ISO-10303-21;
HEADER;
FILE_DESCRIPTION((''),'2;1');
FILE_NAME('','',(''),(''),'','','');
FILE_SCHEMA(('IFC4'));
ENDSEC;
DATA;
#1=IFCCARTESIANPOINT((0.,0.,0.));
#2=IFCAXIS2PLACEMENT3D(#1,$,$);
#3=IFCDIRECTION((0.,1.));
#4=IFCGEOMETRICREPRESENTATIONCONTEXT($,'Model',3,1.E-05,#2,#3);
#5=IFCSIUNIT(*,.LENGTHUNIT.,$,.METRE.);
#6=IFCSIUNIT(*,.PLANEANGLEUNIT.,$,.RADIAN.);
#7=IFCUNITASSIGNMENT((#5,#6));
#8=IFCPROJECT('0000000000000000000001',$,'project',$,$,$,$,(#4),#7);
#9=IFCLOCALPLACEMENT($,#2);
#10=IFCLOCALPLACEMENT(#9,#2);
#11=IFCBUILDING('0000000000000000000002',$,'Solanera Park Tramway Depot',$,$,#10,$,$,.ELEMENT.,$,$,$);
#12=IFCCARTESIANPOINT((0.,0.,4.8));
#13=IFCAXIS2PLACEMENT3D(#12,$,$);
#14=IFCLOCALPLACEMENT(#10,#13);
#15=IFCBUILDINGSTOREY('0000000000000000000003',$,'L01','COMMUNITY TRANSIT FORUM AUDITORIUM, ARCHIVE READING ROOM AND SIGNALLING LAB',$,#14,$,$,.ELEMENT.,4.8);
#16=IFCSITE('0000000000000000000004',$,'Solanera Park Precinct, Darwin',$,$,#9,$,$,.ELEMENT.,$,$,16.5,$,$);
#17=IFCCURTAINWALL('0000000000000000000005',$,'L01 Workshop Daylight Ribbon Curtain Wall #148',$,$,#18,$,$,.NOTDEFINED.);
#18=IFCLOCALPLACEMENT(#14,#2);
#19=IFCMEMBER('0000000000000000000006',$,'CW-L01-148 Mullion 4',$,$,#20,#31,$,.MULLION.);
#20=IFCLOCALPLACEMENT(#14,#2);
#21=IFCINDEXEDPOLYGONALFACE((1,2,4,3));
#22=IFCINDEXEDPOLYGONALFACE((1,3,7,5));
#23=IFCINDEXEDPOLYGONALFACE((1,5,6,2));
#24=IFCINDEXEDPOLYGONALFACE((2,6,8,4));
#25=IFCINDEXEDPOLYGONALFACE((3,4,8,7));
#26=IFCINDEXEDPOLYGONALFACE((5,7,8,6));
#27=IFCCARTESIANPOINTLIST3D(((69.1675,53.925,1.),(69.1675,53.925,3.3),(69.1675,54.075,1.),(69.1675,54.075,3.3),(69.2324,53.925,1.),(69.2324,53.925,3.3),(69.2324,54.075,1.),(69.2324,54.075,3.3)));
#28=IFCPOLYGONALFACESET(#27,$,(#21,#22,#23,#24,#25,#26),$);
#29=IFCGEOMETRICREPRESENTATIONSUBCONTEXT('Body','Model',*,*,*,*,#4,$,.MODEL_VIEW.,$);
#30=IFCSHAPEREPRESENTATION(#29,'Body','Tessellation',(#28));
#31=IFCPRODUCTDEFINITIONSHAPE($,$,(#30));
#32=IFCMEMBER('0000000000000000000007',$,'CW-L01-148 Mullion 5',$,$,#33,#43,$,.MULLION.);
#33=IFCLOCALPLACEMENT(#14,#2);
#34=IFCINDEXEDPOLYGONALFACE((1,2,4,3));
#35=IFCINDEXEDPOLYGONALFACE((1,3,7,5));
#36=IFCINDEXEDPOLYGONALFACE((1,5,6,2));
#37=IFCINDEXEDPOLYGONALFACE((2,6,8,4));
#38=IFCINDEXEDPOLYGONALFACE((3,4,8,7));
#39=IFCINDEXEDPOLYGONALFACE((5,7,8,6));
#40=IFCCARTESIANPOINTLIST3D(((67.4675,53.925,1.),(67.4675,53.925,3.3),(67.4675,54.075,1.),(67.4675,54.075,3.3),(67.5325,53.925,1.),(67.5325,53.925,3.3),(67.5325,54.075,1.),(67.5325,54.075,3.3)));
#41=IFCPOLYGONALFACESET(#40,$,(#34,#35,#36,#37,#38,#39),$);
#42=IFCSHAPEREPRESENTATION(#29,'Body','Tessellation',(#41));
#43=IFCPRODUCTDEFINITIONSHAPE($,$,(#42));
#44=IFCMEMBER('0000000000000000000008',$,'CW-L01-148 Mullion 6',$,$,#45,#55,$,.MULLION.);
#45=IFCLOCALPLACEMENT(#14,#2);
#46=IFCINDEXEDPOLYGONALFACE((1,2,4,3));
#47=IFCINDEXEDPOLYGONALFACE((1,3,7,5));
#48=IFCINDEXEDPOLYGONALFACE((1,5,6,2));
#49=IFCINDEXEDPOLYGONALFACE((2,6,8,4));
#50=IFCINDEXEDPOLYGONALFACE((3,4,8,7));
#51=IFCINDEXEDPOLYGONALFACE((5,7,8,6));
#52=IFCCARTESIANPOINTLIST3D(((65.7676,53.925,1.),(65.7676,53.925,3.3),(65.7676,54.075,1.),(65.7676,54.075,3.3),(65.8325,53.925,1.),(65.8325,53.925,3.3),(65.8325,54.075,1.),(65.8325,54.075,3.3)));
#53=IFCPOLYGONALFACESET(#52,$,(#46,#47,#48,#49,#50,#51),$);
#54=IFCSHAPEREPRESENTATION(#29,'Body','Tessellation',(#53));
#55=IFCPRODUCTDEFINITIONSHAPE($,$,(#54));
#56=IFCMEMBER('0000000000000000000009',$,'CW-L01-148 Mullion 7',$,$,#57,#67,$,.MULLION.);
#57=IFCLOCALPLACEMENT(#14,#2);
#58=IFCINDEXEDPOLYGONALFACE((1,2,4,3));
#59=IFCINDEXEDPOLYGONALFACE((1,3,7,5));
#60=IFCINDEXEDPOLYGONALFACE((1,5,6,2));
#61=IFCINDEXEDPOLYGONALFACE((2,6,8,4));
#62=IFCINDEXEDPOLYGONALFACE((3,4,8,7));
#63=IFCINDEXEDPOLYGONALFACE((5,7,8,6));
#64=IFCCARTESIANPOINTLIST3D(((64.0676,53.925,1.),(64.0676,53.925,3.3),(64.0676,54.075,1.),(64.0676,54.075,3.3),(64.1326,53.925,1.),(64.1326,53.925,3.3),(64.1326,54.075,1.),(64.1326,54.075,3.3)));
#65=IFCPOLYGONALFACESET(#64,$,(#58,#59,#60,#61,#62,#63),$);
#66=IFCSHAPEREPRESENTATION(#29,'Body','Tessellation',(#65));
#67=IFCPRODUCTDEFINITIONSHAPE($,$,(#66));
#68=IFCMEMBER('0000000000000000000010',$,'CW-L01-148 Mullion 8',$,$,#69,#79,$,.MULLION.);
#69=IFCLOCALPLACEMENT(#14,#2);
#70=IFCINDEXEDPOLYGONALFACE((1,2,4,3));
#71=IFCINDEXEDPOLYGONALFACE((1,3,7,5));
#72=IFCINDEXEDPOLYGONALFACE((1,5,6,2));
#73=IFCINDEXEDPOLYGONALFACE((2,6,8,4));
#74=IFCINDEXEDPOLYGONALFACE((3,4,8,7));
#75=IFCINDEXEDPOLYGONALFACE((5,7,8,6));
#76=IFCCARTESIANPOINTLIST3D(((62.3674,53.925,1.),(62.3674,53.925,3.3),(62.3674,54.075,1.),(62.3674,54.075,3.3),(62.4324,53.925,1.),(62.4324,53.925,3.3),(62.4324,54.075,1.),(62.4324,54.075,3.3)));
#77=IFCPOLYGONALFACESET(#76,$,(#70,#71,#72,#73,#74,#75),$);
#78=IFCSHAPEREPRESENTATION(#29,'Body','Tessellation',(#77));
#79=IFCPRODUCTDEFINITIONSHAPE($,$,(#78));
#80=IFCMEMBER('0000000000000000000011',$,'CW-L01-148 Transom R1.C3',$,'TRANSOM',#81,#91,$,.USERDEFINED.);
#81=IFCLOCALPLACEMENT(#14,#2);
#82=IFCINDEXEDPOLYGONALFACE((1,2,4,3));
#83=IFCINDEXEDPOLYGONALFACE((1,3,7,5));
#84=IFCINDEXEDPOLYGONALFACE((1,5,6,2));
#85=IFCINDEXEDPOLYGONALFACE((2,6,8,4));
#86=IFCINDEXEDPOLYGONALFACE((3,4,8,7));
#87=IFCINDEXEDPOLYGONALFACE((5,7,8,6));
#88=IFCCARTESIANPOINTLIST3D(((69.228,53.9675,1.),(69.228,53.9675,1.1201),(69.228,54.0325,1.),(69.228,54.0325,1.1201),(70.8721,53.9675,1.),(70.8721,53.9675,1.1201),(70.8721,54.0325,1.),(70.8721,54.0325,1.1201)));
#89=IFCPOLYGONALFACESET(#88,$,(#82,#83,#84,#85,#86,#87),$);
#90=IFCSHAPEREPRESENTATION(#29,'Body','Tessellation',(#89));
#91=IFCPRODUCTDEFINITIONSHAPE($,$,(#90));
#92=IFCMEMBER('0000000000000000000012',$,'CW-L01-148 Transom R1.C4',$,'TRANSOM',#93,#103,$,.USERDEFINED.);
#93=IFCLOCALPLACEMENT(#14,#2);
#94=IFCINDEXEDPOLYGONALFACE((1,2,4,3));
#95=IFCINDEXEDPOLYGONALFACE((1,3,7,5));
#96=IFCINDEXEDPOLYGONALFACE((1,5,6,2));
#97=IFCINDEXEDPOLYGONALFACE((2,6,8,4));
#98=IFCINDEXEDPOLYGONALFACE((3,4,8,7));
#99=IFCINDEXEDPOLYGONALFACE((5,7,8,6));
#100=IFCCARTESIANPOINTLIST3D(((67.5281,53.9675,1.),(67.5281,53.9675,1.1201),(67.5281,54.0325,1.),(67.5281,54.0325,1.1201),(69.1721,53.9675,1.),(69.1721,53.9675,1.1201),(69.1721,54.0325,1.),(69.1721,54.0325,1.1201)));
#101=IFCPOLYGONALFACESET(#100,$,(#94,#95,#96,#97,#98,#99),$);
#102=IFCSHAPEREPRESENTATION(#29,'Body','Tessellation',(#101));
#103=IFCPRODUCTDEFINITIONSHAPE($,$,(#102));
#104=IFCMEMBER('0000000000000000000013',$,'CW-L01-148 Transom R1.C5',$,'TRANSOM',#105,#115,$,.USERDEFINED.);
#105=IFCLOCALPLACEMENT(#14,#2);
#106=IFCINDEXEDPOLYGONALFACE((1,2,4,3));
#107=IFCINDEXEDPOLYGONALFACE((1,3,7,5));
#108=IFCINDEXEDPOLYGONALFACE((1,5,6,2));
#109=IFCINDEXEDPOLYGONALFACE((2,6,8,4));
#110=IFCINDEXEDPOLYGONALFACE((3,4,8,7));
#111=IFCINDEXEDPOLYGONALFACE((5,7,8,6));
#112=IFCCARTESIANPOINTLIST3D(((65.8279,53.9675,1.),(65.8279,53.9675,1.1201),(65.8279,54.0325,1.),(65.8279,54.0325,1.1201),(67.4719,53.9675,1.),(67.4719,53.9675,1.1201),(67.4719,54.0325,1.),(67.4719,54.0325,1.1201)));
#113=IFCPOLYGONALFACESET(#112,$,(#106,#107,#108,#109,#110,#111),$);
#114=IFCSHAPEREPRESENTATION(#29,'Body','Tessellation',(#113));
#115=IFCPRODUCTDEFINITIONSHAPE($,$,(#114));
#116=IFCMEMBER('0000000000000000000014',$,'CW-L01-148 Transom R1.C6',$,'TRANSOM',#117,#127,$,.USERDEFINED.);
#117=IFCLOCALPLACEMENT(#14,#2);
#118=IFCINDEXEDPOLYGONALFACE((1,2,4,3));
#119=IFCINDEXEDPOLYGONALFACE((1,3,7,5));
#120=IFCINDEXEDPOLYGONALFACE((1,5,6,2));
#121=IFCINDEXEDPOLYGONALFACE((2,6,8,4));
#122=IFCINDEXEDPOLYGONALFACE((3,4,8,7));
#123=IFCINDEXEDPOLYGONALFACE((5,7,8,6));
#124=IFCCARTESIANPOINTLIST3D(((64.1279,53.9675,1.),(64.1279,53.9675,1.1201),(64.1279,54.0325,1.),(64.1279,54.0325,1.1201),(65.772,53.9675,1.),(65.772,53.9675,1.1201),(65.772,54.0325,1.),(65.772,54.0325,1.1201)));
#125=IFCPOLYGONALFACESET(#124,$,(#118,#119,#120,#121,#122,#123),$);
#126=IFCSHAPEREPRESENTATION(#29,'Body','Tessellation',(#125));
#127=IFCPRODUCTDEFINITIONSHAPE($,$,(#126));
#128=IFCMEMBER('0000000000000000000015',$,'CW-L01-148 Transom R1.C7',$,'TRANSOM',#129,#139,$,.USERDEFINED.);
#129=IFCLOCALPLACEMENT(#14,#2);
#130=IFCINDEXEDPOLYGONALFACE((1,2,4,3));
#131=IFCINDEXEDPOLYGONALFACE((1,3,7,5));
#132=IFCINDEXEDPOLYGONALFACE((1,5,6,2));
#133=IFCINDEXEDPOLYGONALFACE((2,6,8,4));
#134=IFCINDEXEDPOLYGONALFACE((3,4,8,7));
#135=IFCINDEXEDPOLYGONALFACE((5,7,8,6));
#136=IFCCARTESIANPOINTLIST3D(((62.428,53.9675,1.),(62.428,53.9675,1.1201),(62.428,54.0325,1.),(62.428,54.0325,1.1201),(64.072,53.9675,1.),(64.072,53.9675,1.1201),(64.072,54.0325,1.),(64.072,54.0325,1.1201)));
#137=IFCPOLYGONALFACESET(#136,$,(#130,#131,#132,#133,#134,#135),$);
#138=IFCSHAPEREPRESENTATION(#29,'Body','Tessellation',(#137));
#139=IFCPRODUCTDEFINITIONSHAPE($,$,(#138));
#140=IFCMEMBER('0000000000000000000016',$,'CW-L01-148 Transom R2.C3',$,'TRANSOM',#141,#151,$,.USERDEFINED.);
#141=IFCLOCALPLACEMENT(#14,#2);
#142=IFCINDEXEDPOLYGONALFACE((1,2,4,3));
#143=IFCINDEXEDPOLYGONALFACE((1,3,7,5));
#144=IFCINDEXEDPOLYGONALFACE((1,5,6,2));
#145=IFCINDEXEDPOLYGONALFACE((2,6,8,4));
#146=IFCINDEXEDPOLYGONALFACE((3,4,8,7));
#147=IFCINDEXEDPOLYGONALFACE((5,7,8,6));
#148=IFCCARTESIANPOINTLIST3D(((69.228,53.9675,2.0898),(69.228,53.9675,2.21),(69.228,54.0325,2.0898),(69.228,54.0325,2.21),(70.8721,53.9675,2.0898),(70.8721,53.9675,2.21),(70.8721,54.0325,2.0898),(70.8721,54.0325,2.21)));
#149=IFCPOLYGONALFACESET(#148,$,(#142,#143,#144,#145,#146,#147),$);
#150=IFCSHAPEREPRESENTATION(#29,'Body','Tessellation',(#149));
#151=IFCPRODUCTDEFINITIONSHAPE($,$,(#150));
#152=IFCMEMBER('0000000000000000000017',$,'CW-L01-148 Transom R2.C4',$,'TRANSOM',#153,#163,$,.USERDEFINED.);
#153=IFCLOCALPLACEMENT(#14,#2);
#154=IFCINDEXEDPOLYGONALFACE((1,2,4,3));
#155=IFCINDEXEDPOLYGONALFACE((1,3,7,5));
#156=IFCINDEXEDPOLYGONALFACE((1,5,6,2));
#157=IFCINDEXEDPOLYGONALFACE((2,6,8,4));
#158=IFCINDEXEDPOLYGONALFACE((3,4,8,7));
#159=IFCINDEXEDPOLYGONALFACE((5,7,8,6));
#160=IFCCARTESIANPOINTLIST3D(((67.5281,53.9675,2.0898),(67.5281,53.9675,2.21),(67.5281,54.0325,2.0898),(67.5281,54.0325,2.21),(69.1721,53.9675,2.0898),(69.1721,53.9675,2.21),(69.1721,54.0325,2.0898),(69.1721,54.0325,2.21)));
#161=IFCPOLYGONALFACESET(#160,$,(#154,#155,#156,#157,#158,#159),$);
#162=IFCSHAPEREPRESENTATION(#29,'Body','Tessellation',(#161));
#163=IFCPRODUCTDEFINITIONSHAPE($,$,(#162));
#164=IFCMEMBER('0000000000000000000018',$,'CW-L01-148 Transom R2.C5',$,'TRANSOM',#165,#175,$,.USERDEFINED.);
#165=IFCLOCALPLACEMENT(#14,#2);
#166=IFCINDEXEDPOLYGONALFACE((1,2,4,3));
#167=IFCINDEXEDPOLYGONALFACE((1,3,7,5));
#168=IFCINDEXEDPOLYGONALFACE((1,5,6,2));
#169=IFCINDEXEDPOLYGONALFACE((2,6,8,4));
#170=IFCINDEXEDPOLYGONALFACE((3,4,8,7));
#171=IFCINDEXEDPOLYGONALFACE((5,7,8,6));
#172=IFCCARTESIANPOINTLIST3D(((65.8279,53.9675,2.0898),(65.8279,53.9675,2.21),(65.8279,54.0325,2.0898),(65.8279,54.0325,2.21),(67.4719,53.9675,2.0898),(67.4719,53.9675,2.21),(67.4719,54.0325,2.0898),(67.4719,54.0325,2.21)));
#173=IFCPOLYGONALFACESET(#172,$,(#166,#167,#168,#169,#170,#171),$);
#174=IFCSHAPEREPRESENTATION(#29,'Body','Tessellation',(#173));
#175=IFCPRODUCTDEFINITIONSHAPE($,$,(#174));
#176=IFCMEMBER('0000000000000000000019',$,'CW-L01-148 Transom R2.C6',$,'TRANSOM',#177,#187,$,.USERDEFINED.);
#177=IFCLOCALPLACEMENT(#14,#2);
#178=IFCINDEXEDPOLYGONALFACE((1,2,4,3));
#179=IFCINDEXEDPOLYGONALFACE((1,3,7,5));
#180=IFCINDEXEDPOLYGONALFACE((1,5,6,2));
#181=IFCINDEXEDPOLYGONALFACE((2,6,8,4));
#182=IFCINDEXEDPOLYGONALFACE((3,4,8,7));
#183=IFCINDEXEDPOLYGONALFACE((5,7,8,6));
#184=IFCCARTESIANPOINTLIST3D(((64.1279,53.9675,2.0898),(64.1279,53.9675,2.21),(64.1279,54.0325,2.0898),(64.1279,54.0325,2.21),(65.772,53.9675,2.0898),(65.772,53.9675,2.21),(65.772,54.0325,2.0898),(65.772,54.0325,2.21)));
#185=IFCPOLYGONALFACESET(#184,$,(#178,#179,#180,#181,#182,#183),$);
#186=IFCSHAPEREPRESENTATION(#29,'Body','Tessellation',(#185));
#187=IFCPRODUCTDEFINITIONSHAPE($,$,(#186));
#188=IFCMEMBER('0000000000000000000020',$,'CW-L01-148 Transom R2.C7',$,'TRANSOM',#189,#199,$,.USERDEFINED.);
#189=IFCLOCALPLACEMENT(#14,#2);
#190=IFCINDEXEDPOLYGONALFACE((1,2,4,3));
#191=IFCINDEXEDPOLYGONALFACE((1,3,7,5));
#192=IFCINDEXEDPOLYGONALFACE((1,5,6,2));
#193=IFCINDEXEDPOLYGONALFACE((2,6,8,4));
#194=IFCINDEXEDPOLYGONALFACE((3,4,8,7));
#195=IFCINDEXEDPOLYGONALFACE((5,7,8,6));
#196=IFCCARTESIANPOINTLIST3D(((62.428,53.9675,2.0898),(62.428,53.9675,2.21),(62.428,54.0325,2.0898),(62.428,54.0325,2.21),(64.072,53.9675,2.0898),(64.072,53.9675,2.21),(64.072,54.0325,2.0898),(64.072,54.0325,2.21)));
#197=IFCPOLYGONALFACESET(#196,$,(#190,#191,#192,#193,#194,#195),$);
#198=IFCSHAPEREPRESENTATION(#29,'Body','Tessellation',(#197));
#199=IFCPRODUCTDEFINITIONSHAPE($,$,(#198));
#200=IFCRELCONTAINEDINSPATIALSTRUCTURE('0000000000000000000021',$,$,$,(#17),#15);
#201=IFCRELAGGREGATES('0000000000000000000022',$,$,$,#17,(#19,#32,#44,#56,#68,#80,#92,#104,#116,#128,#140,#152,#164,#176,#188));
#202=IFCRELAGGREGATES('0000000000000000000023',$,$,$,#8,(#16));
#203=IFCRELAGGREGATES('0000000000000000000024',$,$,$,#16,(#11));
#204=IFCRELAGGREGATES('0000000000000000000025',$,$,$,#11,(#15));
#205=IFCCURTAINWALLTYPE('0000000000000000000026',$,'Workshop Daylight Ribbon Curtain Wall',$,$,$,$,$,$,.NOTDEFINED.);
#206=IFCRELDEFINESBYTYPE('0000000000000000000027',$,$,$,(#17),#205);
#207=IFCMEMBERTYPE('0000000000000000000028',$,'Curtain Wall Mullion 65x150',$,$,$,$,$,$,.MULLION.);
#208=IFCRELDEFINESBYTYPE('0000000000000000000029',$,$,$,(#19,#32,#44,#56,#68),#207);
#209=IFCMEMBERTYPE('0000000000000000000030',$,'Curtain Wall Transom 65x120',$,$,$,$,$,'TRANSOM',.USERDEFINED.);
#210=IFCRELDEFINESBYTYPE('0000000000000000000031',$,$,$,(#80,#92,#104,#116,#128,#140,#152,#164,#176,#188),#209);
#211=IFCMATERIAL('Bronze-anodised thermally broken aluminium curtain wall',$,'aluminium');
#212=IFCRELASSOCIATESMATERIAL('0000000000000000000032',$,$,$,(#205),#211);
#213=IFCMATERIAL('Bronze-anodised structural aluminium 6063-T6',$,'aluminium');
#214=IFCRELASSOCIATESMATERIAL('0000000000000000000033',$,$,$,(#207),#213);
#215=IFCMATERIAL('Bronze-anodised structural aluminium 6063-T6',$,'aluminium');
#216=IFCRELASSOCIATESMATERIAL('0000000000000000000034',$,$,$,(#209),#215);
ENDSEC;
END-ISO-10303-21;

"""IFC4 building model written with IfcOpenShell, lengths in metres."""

from ifc_helpers import new_model, si_unit, direction, frame, origin, origin_2d, place, context, subcontext, project, spatial, rectangle, extrude, material, material_profile, profile_set, type_object, element, aggregate, save


model = new_model("IFC4")

# Units and contexts
model_context = context("Model", 3, precision=1e-05, world=origin(), true_north=direction((0.0, 1.0)))
body_context = subcontext(model_context, "Body", "Model", "MODEL_VIEW")
ifc_project = project(units=[si_unit("LENGTHUNIT", "METRE"), si_unit("PLANEANGLEUNIT", "RADIAN")], contexts=[model_context])

# Site, building, storey
site_placement = place(None, origin())
site = spatial("IfcSite", under=ifc_project, at=site_placement, Name="Solanera Park Precinct, Darwin", CompositionType="ELEMENT", RefElevation=16.5)
building_placement = place(site_placement, origin())
building = spatial("IfcBuilding", under=site, at=building_placement, Name="Solanera Park Tramway Depot", CompositionType="ELEMENT")
storey_placement = place(building_placement, frame((0.0, 0.0, 4.8)))
storey = spatial("IfcBuildingStorey", under=building, at=storey_placement, Name="L01", Description="COMMUNITY TRANSIT FORUM AUDITORIUM, ARCHIVE READING ROOM AND SIGNALLING LAB", CompositionType="ELEMENT", Elevation=4.8)

# Curtain wall, members
ifc_material_1 = material(Name="Bronze-anodised thermally broken aluminium curtain wall", Category="aluminium")
curtain_wall_type = type_object("IfcCurtainWallType", Name="Workshop Daylight Ribbon Curtain Wall", PredefinedType="NOTDEFINED", material=ifc_material_1)
curtain_wall_placement = place(storey_placement, origin())
curtain_wall = element("IfcCurtainWall", 1, at=curtain_wall_placement, inside=storey, type_object=curtain_wall_type, Name="L01 Workshop Daylight Ribbon Curtain Wall #148", PredefinedType="NOTDEFINED")
ifc_material_2 = material(Name="Bronze-anodised structural aluminium 6063-T6", Category="aluminium")
ifc_material_profile_1 = material_profile(ifc_material_2, rectangle(XDim=0.0649, YDim=0.1499, at=origin_2d()), Name="Curtain Wall Mullion 65x150")
ifc_profile_set_1 = profile_set([ifc_material_profile_1], Name="Bronze-anodised structural aluminium 6063-T6")
member_type_1 = type_object("IfcMemberType", Name="Curtain Wall Mullion 65x150", PredefinedType="MULLION", material=ifc_profile_set_1)
member_1_placement = place(storey_placement, frame((69.2, 54.0, 1.0), z_axis=(0.0, 0.0, 1.0), x_axis=(1.0, 0.0, 0.0)))
member_1 = element("IfcMember", 2, at=member_1_placement, type_object=member_type_1, Name="CW-L01-148 Mullion 4", PredefinedType="MULLION", context=body_context, shape_type="SweptSolid", body=[
    extrude(rectangle(XDim=0.0649, YDim=0.1499, at=origin_2d()), origin(), (0.0, 0.0, 1.0), 2.3),
])
member_2_placement = place(storey_placement, frame((67.5, 54.0, 1.0), z_axis=(0.0, 0.0, 1.0), x_axis=(1.0, 0.0, 0.0)))
member_2 = element("IfcMember", 3, at=member_2_placement, type_object=member_type_1, Name="CW-L01-148 Mullion 5", PredefinedType="MULLION", context=body_context, shape_type="SweptSolid", body=[
    extrude(rectangle(XDim=0.0649, YDim=0.1499, at=origin_2d()), origin(), (0.0, 0.0, 1.0), 2.3),
])
member_3_placement = place(storey_placement, frame((65.8, 54.0, 1.0), z_axis=(0.0, 0.0, 1.0), x_axis=(1.0, 0.0, 0.0)))
member_3 = element("IfcMember", 4, at=member_3_placement, type_object=member_type_1, Name="CW-L01-148 Mullion 6", PredefinedType="MULLION", context=body_context, shape_type="SweptSolid", body=[
    extrude(rectangle(XDim=0.0649, YDim=0.1499, at=origin_2d()), origin(), (0.0, 0.0, 1.0), 2.3),
])
member_4_placement = place(storey_placement, frame((64.1001, 54.0, 1.0), z_axis=(0.0, 0.0, 1.0), x_axis=(1.0, 0.0, 0.0)))
member_4 = element("IfcMember", 5, at=member_4_placement, type_object=member_type_1, Name="CW-L01-148 Mullion 7", PredefinedType="MULLION", context=body_context, shape_type="SweptSolid", body=[
    extrude(rectangle(XDim=0.0649, YDim=0.1499, at=origin_2d()), origin(), (0.0, 0.0, 1.0), 2.3),
])
member_5_placement = place(storey_placement, frame((62.3999, 54.0, 1.0), z_axis=(0.0, 0.0, 1.0), x_axis=(1.0, 0.0, 0.0)))
member_5 = element("IfcMember", 6, at=member_5_placement, type_object=member_type_1, Name="CW-L01-148 Mullion 8", PredefinedType="MULLION", context=body_context, shape_type="SweptSolid", body=[
    extrude(rectangle(XDim=0.0649, YDim=0.1499, at=origin_2d()), origin(), (0.0, 0.0, 1.0), 2.3),
])
ifc_material_3 = material(Name="Bronze-anodised structural aluminium 6063-T6", Category="aluminium")
ifc_material_profile_2 = material_profile(ifc_material_3, rectangle(XDim=0.0649, YDim=0.1201, at=origin_2d()), Name="Curtain Wall Transom 65x120")
ifc_profile_set_2 = profile_set([ifc_material_profile_2], Name="Bronze-anodised structural aluminium 6063-T6")
member_type_2 = type_object("IfcMemberType", Name="Curtain Wall Transom 65x120", ElementType="TRANSOM", PredefinedType="USERDEFINED", material=ifc_profile_set_2)
member_6_placement = place(storey_placement, frame((70.8721, 54.0, 1.0601), z_axis=(-1.0, 0.0, 0.0), x_axis=(0.0, -1.0, 0.0)))
member_6 = element("IfcMember", 7, at=member_6_placement, type_object=member_type_2, Name="CW-L01-148 Transom R1.C3", ObjectType="TRANSOM", PredefinedType="USERDEFINED", context=body_context, shape_type="SweptSolid", body=[
    extrude(rectangle(XDim=0.0649, YDim=0.1201, at=origin_2d()), origin(), (0.0, 0.0, 1.0), 1.644),
])
member_7_placement = place(storey_placement, frame((69.1721, 54.0, 1.0601), z_axis=(-1.0, 0.0, 0.0), x_axis=(0.0, -1.0, 0.0)))
member_7 = element("IfcMember", 8, at=member_7_placement, type_object=member_type_2, Name="CW-L01-148 Transom R1.C4", ObjectType="TRANSOM", PredefinedType="USERDEFINED", context=body_context, shape_type="SweptSolid", body=[
    extrude(rectangle(XDim=0.0649, YDim=0.1201, at=origin_2d()), origin(), (0.0, 0.0, 1.0), 1.644),
])
member_8_placement = place(storey_placement, frame((67.4719, 54.0, 1.0601), z_axis=(-1.0, 0.0, 0.0), x_axis=(0.0, -1.0, 0.0)))
member_8 = element("IfcMember", 9, at=member_8_placement, type_object=member_type_2, Name="CW-L01-148 Transom R1.C5", ObjectType="TRANSOM", PredefinedType="USERDEFINED", context=body_context, shape_type="SweptSolid", body=[
    extrude(rectangle(XDim=0.0649, YDim=0.1201, at=origin_2d()), origin(), (0.0, 0.0, 1.0), 1.644),
])
member_9_placement = place(storey_placement, frame((65.772, 54.0, 1.0601), z_axis=(-1.0, 0.0, 0.0), x_axis=(0.0, -1.0, 0.0)))
member_9 = element("IfcMember", 10, at=member_9_placement, type_object=member_type_2, Name="CW-L01-148 Transom R1.C6", ObjectType="TRANSOM", PredefinedType="USERDEFINED", context=body_context, shape_type="SweptSolid", body=[
    extrude(rectangle(XDim=0.0649, YDim=0.1201, at=origin_2d()), origin(), (0.0, 0.0, 1.0), 1.644),
])
member_10_placement = place(storey_placement, frame((64.072, 54.0, 1.0601), z_axis=(-1.0, 0.0, 0.0), x_axis=(0.0, -1.0, 0.0)))
member_10 = element("IfcMember", 11, at=member_10_placement, type_object=member_type_2, Name="CW-L01-148 Transom R1.C7", ObjectType="TRANSOM", PredefinedType="USERDEFINED", context=body_context, shape_type="SweptSolid", body=[
    extrude(rectangle(XDim=0.0649, YDim=0.1201, at=origin_2d()), origin(), (0.0, 0.0, 1.0), 1.644),
])
member_11_placement = place(storey_placement, frame((70.8721, 54.0, 2.1499), z_axis=(-1.0, 0.0, 0.0), x_axis=(0.0, -1.0, 0.0)))
member_11 = element("IfcMember", 12, at=member_11_placement, type_object=member_type_2, Name="CW-L01-148 Transom R2.C3", ObjectType="TRANSOM", PredefinedType="USERDEFINED", context=body_context, shape_type="SweptSolid", body=[
    extrude(rectangle(XDim=0.0649, YDim=0.1201, at=origin_2d()), origin(), (0.0, 0.0, 1.0), 1.644),
])
member_12_placement = place(storey_placement, frame((69.1721, 54.0, 2.1499), z_axis=(-1.0, 0.0, 0.0), x_axis=(0.0, -1.0, 0.0)))
member_12 = element("IfcMember", 13, at=member_12_placement, type_object=member_type_2, Name="CW-L01-148 Transom R2.C4", ObjectType="TRANSOM", PredefinedType="USERDEFINED", context=body_context, shape_type="SweptSolid", body=[
    extrude(rectangle(XDim=0.0649, YDim=0.1201, at=origin_2d()), origin(), (0.0, 0.0, 1.0), 1.644),
])
member_13_placement = place(storey_placement, frame((67.4719, 54.0, 2.1499), z_axis=(-1.0, 0.0, 0.0), x_axis=(0.0, -1.0, 0.0)))
member_13 = element("IfcMember", 14, at=member_13_placement, type_object=member_type_2, Name="CW-L01-148 Transom R2.C5", ObjectType="TRANSOM", PredefinedType="USERDEFINED", context=body_context, shape_type="SweptSolid", body=[
    extrude(rectangle(XDim=0.0649, YDim=0.1201, at=origin_2d()), origin(), (0.0, 0.0, 1.0), 1.644),
])
member_14_placement = place(storey_placement, frame((65.772, 54.0, 2.1499), z_axis=(-1.0, 0.0, 0.0), x_axis=(0.0, -1.0, 0.0)))
member_14 = element("IfcMember", 15, at=member_14_placement, type_object=member_type_2, Name="CW-L01-148 Transom R2.C6", ObjectType="TRANSOM", PredefinedType="USERDEFINED", context=body_context, shape_type="SweptSolid", body=[
    extrude(rectangle(XDim=0.0649, YDim=0.1201, at=origin_2d()), origin(), (0.0, 0.0, 1.0), 1.644),
])
member_15_placement = place(storey_placement, frame((64.072, 54.0, 2.1499), z_axis=(-1.0, 0.0, 0.0), x_axis=(0.0, -1.0, 0.0)))
member_15 = element("IfcMember", 16, at=member_15_placement, type_object=member_type_2, Name="CW-L01-148 Transom R2.C7", ObjectType="TRANSOM", PredefinedType="USERDEFINED", context=body_context, shape_type="SweptSolid", body=[
    extrude(rectangle(XDim=0.0649, YDim=0.1201, at=origin_2d()), origin(), (0.0, 0.0, 1.0), 1.644),
])
aggregate(curtain_wall, [member_1, member_2, member_3, member_4, member_5, member_6, member_7, member_8, member_9, member_10, member_11, member_12, member_13, member_14, member_15])

save(model, "model.ifc")
